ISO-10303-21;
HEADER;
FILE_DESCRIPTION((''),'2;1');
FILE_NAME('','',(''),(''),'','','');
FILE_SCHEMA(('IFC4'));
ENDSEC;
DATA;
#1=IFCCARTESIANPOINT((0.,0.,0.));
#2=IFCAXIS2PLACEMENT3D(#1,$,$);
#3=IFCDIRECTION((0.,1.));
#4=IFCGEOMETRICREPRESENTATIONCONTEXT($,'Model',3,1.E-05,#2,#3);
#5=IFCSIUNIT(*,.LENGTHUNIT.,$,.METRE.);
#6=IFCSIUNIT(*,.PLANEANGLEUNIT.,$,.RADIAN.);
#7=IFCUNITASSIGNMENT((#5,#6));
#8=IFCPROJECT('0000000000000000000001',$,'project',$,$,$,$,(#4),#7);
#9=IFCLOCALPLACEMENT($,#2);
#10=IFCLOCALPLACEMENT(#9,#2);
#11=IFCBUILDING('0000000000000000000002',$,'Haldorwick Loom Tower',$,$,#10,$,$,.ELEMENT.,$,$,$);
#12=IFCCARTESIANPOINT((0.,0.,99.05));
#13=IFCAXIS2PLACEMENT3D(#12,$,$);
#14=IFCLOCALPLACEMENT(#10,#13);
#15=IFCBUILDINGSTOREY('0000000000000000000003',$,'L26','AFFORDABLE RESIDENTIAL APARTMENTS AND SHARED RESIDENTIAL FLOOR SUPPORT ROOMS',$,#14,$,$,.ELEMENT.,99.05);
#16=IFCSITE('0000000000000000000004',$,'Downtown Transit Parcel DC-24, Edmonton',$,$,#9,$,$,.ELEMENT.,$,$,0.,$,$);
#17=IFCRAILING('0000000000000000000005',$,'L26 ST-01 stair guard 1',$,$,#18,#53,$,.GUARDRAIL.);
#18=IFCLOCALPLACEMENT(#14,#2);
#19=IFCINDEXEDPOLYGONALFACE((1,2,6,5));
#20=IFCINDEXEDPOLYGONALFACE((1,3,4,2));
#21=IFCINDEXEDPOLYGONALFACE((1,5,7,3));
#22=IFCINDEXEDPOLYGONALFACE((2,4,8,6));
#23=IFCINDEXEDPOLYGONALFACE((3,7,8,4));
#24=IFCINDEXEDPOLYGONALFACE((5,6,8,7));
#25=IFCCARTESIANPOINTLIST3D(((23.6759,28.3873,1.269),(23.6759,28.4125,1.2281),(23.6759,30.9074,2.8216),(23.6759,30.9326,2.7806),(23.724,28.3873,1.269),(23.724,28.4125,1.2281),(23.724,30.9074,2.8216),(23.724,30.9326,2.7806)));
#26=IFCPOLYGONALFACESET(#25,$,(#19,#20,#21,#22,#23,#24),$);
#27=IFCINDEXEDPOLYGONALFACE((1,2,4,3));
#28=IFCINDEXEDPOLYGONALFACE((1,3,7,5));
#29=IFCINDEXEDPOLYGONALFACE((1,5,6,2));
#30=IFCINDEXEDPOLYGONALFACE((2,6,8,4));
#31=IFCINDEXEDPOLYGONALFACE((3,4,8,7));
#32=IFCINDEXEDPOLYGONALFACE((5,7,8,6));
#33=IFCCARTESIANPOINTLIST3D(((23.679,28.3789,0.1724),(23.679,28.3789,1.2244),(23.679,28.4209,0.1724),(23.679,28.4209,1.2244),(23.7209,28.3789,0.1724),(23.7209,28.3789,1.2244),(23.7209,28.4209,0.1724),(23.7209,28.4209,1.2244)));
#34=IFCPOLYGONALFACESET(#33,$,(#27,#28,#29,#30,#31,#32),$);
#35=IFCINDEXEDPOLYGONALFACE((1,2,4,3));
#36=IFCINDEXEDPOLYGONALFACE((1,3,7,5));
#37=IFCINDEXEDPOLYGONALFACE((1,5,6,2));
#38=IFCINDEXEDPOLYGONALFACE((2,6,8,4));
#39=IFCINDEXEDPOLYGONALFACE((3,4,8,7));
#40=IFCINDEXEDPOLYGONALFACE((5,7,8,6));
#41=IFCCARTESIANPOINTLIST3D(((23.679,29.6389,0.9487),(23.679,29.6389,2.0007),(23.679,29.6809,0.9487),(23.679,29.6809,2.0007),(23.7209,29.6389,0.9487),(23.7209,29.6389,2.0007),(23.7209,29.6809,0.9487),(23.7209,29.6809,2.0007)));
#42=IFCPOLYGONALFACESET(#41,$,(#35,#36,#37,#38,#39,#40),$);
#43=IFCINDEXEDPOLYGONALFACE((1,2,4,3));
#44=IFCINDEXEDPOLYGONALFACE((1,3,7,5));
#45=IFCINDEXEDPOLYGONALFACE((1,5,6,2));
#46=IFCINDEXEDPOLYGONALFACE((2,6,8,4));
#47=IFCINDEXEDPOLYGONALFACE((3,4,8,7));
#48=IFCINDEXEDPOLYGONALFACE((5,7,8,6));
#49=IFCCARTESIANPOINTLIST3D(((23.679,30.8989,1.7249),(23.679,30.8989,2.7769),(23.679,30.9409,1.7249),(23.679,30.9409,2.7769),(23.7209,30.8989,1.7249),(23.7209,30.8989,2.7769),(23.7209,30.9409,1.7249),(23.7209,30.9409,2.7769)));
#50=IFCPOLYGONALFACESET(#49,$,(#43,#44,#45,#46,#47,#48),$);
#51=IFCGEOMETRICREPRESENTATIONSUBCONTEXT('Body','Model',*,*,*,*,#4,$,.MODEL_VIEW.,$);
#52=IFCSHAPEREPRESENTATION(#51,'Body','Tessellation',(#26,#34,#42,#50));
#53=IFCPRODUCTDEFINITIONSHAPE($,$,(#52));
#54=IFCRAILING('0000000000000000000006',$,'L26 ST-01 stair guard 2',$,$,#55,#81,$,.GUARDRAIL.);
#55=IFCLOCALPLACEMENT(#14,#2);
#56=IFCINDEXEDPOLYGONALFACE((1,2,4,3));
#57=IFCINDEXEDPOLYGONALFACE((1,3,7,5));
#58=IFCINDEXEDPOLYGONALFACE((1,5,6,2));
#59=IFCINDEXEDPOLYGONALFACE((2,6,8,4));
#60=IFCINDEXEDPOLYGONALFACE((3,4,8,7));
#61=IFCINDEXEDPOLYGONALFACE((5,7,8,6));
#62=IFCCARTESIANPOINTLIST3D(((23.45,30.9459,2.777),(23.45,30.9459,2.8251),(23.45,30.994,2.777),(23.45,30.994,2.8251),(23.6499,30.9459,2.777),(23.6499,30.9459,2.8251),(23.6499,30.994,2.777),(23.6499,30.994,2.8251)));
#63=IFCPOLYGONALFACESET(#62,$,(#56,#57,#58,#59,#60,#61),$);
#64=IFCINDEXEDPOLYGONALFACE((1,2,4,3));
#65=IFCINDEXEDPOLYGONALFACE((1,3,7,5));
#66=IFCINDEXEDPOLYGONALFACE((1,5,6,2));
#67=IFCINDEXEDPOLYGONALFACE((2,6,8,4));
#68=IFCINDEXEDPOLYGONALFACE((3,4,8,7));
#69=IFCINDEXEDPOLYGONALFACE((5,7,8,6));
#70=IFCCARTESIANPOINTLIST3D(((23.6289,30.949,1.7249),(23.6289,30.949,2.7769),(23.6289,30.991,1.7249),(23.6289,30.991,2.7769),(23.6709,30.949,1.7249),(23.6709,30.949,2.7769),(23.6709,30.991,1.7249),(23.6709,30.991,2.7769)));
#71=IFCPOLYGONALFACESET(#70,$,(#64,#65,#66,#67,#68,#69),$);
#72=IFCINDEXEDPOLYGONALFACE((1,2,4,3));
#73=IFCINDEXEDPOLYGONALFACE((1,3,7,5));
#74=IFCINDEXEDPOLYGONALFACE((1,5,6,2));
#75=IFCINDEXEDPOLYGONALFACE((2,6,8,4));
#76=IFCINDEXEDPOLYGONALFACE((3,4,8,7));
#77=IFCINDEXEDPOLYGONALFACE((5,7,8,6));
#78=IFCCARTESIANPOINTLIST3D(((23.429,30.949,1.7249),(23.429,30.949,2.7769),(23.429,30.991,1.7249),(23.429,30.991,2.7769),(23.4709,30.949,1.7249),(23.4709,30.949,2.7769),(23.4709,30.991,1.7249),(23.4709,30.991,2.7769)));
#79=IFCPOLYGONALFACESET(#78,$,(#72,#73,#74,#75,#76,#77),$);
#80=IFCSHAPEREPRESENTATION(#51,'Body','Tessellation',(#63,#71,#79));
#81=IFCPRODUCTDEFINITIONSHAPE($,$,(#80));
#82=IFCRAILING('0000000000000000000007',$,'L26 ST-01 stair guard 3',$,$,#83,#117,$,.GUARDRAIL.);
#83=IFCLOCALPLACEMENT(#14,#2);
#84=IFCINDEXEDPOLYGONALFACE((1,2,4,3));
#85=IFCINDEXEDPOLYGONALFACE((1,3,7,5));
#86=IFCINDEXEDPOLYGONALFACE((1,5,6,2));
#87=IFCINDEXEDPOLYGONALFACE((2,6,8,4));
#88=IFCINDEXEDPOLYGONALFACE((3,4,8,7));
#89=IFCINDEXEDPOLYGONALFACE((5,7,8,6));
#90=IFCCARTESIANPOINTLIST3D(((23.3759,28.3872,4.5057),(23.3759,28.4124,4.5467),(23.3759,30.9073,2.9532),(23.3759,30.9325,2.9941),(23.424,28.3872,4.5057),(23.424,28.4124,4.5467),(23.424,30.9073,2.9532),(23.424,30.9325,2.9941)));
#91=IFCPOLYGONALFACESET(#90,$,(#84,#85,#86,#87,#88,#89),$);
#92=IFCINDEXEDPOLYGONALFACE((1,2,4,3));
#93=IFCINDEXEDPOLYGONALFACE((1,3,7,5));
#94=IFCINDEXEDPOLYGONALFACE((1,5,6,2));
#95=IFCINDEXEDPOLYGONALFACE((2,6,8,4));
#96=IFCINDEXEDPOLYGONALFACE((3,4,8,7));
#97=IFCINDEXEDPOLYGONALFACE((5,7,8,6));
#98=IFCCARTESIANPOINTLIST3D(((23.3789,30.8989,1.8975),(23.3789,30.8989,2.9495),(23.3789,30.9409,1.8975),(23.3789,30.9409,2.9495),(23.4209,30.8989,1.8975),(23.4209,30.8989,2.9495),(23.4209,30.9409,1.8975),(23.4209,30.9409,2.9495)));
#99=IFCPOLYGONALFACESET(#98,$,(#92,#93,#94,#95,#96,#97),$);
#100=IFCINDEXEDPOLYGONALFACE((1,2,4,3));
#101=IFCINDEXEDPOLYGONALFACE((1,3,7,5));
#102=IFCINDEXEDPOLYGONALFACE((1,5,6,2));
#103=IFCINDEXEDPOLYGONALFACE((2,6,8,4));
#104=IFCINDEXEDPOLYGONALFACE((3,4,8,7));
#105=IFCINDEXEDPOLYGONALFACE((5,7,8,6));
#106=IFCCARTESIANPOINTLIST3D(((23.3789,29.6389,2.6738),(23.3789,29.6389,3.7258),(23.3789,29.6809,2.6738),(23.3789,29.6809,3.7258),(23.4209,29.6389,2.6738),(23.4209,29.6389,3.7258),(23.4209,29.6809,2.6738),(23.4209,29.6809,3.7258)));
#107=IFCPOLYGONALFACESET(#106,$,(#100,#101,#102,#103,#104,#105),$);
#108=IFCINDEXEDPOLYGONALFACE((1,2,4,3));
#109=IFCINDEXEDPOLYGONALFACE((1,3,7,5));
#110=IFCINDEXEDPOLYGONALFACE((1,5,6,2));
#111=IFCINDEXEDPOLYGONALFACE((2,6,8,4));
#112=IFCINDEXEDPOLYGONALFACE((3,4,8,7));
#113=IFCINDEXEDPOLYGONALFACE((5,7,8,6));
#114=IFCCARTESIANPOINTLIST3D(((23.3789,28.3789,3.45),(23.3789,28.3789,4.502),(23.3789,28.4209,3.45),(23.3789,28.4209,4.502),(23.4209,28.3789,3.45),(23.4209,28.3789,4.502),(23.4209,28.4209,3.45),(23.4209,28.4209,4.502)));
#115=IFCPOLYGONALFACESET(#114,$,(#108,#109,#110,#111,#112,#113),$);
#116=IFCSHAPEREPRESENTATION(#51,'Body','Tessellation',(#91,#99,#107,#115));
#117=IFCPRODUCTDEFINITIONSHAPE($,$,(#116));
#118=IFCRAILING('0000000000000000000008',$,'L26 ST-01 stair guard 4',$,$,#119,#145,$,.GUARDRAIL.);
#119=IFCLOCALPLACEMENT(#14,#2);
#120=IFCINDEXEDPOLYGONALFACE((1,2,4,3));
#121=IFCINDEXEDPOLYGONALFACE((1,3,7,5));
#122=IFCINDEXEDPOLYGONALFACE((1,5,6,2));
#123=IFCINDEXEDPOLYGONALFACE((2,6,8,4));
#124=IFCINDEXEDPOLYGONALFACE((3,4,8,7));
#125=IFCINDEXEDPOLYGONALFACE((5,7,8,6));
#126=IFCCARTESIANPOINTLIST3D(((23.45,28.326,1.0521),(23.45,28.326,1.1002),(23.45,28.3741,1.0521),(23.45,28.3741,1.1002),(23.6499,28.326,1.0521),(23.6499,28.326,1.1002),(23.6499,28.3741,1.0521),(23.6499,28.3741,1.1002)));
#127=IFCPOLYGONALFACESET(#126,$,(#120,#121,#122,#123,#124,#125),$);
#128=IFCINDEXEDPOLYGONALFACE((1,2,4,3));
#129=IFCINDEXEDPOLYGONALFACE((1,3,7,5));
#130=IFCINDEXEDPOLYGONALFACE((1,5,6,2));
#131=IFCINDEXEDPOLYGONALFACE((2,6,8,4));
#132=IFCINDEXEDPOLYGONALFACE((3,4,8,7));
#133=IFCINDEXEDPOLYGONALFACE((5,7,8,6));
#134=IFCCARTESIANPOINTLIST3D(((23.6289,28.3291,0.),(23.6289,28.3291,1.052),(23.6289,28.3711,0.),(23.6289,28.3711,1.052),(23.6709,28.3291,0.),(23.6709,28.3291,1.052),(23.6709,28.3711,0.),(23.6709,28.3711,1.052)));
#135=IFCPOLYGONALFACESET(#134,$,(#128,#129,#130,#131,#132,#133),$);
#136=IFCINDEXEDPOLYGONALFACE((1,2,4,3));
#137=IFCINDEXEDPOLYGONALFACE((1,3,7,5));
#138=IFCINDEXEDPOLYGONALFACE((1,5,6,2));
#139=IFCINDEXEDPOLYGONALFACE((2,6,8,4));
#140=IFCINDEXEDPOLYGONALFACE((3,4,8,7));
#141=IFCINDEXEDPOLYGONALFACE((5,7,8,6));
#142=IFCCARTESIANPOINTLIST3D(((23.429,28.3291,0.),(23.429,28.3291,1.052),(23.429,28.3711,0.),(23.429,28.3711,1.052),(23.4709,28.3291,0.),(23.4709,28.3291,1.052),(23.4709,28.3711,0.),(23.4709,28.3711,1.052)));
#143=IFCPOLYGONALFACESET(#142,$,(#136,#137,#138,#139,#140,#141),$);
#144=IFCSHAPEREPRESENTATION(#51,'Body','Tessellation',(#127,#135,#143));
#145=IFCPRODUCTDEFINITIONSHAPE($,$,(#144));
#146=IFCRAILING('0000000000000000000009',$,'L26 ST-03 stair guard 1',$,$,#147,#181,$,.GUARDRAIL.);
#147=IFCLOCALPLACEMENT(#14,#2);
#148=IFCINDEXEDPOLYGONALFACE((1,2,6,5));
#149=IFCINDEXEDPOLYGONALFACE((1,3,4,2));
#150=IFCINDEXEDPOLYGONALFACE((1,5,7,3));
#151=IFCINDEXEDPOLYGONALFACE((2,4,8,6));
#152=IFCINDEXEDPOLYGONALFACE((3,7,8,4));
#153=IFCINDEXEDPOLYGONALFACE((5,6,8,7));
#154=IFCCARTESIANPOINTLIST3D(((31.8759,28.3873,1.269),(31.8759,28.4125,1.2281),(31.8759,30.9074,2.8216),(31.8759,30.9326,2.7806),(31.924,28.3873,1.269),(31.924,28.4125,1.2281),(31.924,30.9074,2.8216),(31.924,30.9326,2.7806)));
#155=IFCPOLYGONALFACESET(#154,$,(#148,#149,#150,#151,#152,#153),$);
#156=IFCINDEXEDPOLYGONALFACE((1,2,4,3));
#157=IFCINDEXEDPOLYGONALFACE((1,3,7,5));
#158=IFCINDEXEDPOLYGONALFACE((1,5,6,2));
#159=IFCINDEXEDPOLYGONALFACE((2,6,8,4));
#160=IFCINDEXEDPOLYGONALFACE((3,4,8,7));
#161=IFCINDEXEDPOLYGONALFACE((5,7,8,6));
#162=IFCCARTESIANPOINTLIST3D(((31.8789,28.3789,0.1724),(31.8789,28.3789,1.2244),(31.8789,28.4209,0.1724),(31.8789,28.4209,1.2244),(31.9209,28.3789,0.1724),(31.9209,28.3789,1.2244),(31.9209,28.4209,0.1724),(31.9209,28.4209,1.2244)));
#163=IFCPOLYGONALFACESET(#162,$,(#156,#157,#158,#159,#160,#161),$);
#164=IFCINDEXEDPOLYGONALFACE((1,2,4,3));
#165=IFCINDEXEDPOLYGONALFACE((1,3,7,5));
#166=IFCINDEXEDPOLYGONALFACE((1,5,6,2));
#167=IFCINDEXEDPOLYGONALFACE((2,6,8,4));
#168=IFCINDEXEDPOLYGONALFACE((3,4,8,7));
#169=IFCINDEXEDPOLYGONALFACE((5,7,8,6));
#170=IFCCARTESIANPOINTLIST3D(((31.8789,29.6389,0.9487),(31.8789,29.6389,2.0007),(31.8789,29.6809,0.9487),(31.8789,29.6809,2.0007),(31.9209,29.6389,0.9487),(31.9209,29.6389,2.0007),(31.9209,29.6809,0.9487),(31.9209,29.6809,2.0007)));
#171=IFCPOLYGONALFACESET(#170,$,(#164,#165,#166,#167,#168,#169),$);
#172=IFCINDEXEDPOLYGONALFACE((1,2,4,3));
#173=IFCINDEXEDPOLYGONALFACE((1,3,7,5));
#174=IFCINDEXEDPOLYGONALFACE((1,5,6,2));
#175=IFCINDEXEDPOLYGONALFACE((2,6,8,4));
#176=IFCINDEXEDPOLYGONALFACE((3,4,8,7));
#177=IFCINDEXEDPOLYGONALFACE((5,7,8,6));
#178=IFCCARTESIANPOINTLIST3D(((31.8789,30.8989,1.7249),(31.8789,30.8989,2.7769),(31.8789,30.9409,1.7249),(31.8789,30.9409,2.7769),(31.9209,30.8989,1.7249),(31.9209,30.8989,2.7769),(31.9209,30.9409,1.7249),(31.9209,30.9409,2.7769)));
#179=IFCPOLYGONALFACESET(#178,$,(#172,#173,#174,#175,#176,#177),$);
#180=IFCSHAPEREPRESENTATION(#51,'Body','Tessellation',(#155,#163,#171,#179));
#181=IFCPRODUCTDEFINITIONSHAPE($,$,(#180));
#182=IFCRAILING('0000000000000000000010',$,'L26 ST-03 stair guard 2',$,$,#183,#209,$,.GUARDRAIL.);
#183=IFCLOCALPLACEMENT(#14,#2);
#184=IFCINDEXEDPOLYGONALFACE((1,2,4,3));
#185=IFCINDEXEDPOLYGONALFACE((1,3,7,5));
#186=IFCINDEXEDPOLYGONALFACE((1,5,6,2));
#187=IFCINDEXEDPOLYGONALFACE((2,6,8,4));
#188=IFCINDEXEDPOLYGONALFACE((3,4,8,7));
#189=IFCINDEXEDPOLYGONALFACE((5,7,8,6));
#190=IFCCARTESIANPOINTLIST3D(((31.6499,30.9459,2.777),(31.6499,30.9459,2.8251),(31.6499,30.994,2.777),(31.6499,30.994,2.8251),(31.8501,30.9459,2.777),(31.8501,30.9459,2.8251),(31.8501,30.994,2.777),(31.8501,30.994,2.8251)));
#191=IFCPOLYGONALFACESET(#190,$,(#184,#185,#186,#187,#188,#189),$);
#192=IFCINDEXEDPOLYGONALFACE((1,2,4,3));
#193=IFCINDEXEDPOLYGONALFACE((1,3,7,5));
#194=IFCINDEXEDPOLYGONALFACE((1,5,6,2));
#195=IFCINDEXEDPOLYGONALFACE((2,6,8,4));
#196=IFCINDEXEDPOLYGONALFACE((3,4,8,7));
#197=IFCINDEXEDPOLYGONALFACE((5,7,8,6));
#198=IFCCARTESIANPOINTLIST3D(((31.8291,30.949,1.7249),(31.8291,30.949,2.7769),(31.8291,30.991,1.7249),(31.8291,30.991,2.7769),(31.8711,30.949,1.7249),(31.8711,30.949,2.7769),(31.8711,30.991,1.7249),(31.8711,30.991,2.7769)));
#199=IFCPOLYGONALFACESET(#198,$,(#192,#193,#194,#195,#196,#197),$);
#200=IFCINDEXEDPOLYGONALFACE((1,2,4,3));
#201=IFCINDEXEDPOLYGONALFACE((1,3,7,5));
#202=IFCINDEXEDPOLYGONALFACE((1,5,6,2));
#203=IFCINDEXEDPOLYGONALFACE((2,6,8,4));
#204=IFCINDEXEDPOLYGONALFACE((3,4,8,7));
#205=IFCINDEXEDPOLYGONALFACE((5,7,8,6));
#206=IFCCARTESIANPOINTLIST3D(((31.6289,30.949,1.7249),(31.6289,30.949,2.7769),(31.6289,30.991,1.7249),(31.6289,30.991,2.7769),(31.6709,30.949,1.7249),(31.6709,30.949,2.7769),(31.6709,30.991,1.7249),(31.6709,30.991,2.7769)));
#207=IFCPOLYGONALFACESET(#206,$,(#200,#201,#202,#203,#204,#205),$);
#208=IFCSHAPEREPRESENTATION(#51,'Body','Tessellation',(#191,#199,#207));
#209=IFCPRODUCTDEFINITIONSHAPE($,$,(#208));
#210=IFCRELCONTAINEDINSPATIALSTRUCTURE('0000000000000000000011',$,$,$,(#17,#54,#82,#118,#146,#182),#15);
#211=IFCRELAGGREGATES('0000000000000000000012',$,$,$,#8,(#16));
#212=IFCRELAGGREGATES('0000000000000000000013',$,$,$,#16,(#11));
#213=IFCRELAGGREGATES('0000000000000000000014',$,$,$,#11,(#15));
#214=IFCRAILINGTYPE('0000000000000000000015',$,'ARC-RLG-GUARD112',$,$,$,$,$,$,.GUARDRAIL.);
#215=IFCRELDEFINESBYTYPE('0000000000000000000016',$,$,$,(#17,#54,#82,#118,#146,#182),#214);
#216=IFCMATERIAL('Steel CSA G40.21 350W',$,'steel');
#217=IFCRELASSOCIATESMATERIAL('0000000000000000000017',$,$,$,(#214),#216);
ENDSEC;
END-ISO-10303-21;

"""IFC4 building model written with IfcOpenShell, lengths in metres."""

from ifc_helpers import new_model, si_unit, direction, frame, origin, origin_2d, place, context, subcontext, project, spatial, rectangle, extrude, material, type_object, element, save


model = new_model("IFC4")

# Units and contexts
model_context = context("Model", 3, precision=1e-05, world=origin(), true_north=direction((0.0, 1.0)))
body_context = subcontext(model_context, "Body", "Model", "MODEL_VIEW")
ifc_project = project(units=[si_unit("LENGTHUNIT", "METRE"), si_unit("PLANEANGLEUNIT", "RADIAN")], contexts=[model_context])

# Site, building, storey
site_placement = place(None, origin())
site = spatial("IfcSite", under=ifc_project, at=site_placement, Name="Downtown Transit Parcel DC-24, Edmonton", CompositionType="ELEMENT", RefElevation=0.0)
building_placement = place(site_placement, origin())
building = spatial("IfcBuilding", under=site, at=building_placement, Name="Haldorwick Loom Tower", CompositionType="ELEMENT")
storey_placement = place(building_placement, frame((0.0, 0.0, 99.05)))
storey = spatial("IfcBuildingStorey", under=building, at=storey_placement, Name="L26", Description="AFFORDABLE RESIDENTIAL APARTMENTS AND SHARED RESIDENTIAL FLOOR SUPPORT ROOMS", CompositionType="ELEMENT", Elevation=99.05)

# Shared definitions
ifc_material_1 = material(Name="Steel CSA G40.21 350W", Category="steel")

# Railings
railing_type_1 = type_object("IfcRailingType", Name="ARC-RLG-GUARD112", PredefinedType="GUARDRAIL", material=ifc_material_1)
railing_1_placement = place(storey_placement, frame((23.7, 28.3999, 0.1724)))
element("IfcRailing", 1, at=railing_1_placement, inside=storey, type_object=railing_type_1, Name="L26 ST-01 stair guard 1", PredefinedType="GUARDRAIL", context=body_context, shape_type="SweptSolid", body=[
    extrude(rectangle(XDim=0.0481, YDim=0.0481, at=origin_2d()), frame((0.0, 0.0, 1.0762), z_axis=(0.0, 0.8514, 0.524516), x_axis=(-1.0, 0.0, 0.0)), (0.0, 0.0, 1.0), 2.96),
    extrude(rectangle(XDim=0.042, YDim=0.042, at=origin_2d()), origin(), (0.0, 0.0, 1.0), 1.052),
    extrude(rectangle(XDim=0.042, YDim=0.042, at=origin_2d()), frame((0.0, 1.26, 0.7764)), (0.0, 0.0, 1.0), 1.052),
    extrude(rectangle(XDim=0.042, YDim=0.042, at=origin_2d()), frame((0.0, 2.52, 1.5525)), (0.0, 0.0, 1.0), 1.052),
])
railing_2_placement = place(storey_placement, frame((23.6499, 30.97, 1.7249)))
element("IfcRailing", 2, at=railing_2_placement, inside=storey, type_object=railing_type_1, Name="L26 ST-01 stair guard 2", PredefinedType="GUARDRAIL", context=body_context, shape_type="SweptSolid", body=[
    extrude(rectangle(XDim=0.0481, YDim=0.0481, at=origin_2d()), frame((0.0, 0.0, 1.0762), z_axis=(-1.0, 0.0, 0.0), x_axis=(0.0, -1.0, 0.0)), (0.0, 0.0, 1.0), 0.2),
    extrude(rectangle(XDim=0.042, YDim=0.042, at=origin_2d()), origin(), (0.0, 0.0, 1.0), 1.052),
    extrude(rectangle(XDim=0.042, YDim=0.042, at=origin_2d()), frame((-0.2, 0.0, 0.0)), (0.0, 0.0, 1.0), 1.052),
])
railing_3_placement = place(storey_placement, frame((23.3999, 30.9199, 1.8975)))
element("IfcRailing", 3, at=railing_3_placement, inside=storey, type_object=railing_type_1, Name="L26 ST-01 stair guard 3", PredefinedType="GUARDRAIL", context=body_context, shape_type="SweptSolid", body=[
    extrude(rectangle(XDim=0.0481, YDim=0.0481, at=origin_2d()), frame((0.0, 0.0, 1.0762), z_axis=(0.0, -0.8514, 0.524516), x_axis=(1.0, 0.0, 0.0)), (0.0, 0.0, 1.0), 2.96),
    extrude(rectangle(XDim=0.042, YDim=0.042, at=origin_2d()), origin(), (0.0, 0.0, 1.0), 1.052),
    extrude(rectangle(XDim=0.042, YDim=0.042, at=origin_2d()), frame((0.0, -1.26, 0.7764)), (0.0, 0.0, 1.0), 1.052),
    extrude(rectangle(XDim=0.042, YDim=0.042, at=origin_2d()), frame((0.0, -2.52, 1.5525)), (0.0, 0.0, 1.0), 1.052),
])
railing_4_placement = place(storey_placement, frame((23.6499, 28.3501, 0.0)))
element("IfcRailing", 4, at=railing_4_placement, inside=storey, type_object=railing_type_1, Name="L26 ST-01 stair guard 4", PredefinedType="GUARDRAIL", context=body_context, shape_type="SweptSolid", body=[
    extrude(rectangle(XDim=0.0481, YDim=0.0481, at=origin_2d()), frame((0.0, 0.0, 1.0762), z_axis=(-1.0, 0.0, 0.0), x_axis=(0.0, -1.0, 0.0)), (0.0, 0.0, 1.0), 0.2),
    extrude(rectangle(XDim=0.042, YDim=0.042, at=origin_2d()), origin(), (0.0, 0.0, 1.0), 1.052),
    extrude(rectangle(XDim=0.042, YDim=0.042, at=origin_2d()), frame((-0.2, 0.0, 0.0)), (0.0, 0.0, 1.0), 1.052),
])
railing_5_placement = place(storey_placement, frame((31.8999, 28.3999, 0.1724)))
element("IfcRailing", 5, at=railing_5_placement, inside=storey, type_object=railing_type_1, Name="L26 ST-03 stair guard 1", PredefinedType="GUARDRAIL", context=body_context, shape_type="SweptSolid", body=[
    extrude(rectangle(XDim=0.0481, YDim=0.0481, at=origin_2d()), frame((0.0, 0.0, 1.0762), z_axis=(0.0, 0.8514, 0.524516), x_axis=(-1.0, 0.0, 0.0)), (0.0, 0.0, 1.0), 2.96),
    extrude(rectangle(XDim=0.042, YDim=0.042, at=origin_2d()), origin(), (0.0, 0.0, 1.0), 1.052),
    extrude(rectangle(XDim=0.042, YDim=0.042, at=origin_2d()), frame((0.0, 1.26, 0.7764)), (0.0, 0.0, 1.0), 1.052),
    extrude(rectangle(XDim=0.042, YDim=0.042, at=origin_2d()), frame((0.0, 2.52, 1.5525)), (0.0, 0.0, 1.0), 1.052),
])
railing_6_placement = place(storey_placement, frame((31.8501, 30.97, 1.7249)))
element("IfcRailing", 6, at=railing_6_placement, inside=storey, type_object=railing_type_1, Name="L26 ST-03 stair guard 2", PredefinedType="GUARDRAIL", context=body_context, shape_type="SweptSolid", body=[
    extrude(rectangle(XDim=0.0481, YDim=0.0481, at=origin_2d()), frame((0.0, 0.0, 1.0762), z_axis=(-1.0, 0.0, 0.0), x_axis=(0.0, -1.0, 0.0)), (0.0, 0.0, 1.0), 0.2002),
    extrude(rectangle(XDim=0.042, YDim=0.042, at=origin_2d()), origin(), (0.0, 0.0, 1.0), 1.052),
    extrude(rectangle(XDim=0.042, YDim=0.042, at=origin_2d()), frame((-0.2002, 0.0, 0.0)), (0.0, 0.0, 1.0), 1.052),
])

save(model, "model.ifc")
